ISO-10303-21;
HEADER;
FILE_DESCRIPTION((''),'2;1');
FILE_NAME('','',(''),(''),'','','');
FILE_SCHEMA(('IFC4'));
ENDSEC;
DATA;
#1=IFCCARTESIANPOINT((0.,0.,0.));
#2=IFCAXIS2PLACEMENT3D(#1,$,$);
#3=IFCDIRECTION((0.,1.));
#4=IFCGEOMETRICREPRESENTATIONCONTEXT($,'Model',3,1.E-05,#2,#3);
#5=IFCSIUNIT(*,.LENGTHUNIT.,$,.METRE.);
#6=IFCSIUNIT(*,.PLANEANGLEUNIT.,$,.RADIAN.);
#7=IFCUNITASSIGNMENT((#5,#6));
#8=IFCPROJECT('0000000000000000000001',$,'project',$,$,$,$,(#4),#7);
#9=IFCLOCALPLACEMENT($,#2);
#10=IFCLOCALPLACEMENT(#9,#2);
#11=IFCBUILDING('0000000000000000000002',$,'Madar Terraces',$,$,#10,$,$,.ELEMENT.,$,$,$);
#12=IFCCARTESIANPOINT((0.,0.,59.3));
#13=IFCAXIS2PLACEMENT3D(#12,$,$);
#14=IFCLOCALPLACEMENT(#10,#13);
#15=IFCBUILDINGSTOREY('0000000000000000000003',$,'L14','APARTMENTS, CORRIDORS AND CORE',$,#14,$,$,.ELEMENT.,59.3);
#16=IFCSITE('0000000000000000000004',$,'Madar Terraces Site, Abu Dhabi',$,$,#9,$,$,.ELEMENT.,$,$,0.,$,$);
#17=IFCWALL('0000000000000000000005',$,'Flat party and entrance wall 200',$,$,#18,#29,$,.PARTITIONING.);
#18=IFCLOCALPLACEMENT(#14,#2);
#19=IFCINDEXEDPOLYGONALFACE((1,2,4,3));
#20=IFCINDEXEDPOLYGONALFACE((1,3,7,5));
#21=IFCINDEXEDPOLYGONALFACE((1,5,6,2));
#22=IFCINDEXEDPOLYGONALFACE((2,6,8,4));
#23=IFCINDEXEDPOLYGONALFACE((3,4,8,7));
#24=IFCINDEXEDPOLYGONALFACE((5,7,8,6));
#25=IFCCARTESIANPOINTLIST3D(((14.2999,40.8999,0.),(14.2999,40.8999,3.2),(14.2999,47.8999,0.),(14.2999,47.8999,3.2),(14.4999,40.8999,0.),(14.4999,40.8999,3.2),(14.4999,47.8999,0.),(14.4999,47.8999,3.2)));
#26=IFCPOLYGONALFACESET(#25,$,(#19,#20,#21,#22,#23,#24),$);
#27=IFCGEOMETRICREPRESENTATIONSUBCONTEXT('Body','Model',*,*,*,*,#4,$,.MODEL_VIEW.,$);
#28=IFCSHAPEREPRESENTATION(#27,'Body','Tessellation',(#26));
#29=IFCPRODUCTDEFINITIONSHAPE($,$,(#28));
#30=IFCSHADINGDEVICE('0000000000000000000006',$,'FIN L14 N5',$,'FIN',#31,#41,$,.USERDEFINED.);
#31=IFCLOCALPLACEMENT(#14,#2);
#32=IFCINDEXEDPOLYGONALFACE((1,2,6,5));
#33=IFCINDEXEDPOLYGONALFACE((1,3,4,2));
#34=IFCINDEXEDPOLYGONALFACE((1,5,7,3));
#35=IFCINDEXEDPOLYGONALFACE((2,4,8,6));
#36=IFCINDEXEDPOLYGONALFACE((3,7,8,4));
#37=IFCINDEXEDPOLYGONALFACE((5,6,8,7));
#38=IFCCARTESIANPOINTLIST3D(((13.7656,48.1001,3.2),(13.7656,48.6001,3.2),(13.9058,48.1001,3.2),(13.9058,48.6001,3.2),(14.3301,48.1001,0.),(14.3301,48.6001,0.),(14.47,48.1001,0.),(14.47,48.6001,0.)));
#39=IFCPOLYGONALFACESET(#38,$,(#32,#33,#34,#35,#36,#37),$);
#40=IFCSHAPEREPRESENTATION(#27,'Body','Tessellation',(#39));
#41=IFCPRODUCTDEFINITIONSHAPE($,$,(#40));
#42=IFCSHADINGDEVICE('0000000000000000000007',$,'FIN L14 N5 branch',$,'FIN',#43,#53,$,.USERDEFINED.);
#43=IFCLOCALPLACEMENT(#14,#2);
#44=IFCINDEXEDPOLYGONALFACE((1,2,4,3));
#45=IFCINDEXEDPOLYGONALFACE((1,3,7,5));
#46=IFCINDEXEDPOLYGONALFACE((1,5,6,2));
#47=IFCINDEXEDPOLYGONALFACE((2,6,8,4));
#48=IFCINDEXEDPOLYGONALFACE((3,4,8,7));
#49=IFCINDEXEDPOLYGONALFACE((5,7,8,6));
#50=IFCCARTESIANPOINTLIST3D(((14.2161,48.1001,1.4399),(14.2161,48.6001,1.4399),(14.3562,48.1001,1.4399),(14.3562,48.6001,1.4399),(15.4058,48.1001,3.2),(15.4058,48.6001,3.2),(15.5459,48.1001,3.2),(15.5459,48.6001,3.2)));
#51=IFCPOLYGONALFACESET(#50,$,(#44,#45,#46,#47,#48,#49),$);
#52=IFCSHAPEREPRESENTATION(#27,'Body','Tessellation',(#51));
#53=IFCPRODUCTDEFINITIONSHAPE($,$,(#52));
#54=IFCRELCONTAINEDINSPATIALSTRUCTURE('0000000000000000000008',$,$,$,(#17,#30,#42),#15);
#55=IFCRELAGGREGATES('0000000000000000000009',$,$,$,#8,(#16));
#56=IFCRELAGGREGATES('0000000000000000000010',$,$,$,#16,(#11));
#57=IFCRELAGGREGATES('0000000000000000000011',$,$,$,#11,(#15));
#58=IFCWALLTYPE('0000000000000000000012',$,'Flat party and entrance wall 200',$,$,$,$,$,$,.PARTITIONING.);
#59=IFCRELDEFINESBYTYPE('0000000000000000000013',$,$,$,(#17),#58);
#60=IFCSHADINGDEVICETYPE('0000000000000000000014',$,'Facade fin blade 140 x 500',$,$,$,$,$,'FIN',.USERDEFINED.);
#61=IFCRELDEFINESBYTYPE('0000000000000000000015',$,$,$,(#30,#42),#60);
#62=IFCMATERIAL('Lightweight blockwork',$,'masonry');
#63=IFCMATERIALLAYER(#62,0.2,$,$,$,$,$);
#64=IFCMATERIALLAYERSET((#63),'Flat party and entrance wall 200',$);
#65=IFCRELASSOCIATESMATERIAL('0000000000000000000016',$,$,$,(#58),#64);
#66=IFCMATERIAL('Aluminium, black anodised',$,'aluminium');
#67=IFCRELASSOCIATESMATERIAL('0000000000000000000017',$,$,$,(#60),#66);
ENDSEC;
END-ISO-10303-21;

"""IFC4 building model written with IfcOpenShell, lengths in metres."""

from ifc_helpers import new_model, si_unit, direction, frame, frame_2d, origin, place, context, subcontext, project, spatial, polyline, rectangle, outline, extrude, material, layer, layer_set, type_object, element, save


model = new_model("IFC4")

# Units and contexts
model_context = context("Model", 3, precision=1e-05, world=origin(), true_north=direction((0.0, 1.0)))
body_context = subcontext(model_context, "Body", "Model", "MODEL_VIEW")
ifc_project = project(units=[si_unit("LENGTHUNIT", "METRE"), si_unit("PLANEANGLEUNIT", "RADIAN")], contexts=[model_context])

# Site, building, storey
site_placement = place(None, origin())
site = spatial("IfcSite", under=ifc_project, at=site_placement, Name="Madar Terraces Site, Abu Dhabi", CompositionType="ELEMENT", RefElevation=0.0)
building_placement = place(site_placement, origin())
building = spatial("IfcBuilding", under=site, at=building_placement, Name="Madar Terraces", CompositionType="ELEMENT")
storey_placement = place(building_placement, frame((0.0, 0.0, 59.3)))
storey = spatial("IfcBuildingStorey", under=building, at=storey_placement, Name="L14", Description="APARTMENTS, CORRIDORS AND CORE", CompositionType="ELEMENT", Elevation=59.3)

# Wall
ifc_material_1 = material(Name="Lightweight blockwork", Category="masonry")
ifc_layer_1 = layer(ifc_material_1, 0.2)
ifc_layer_set_1 = layer_set([ifc_layer_1], Name="Flat party and entrance wall 200")
wall_type_1 = type_object("IfcWallType", Name="Flat party and entrance wall 200", PredefinedType="PARTITIONING", material=ifc_layer_set_1)
wall_1_placement = place(storey_placement, frame((14.3999, 47.8999, 0.0), z_axis=(0.0, 0.0, 1.0), x_axis=(0.0, -1.0, 0.0)))
element("IfcWall", 1, at=wall_1_placement, inside=storey, type_object=wall_type_1, Name="Flat party and entrance wall 200", PredefinedType="PARTITIONING", context=body_context, shape_type="SweptSolid", body=[
    extrude(rectangle(XDim=7.0, YDim=0.2, at=frame_2d((3.5, 0.0))), origin(), (0.0, 0.0, 1.0), 3.2),
])

# Shading devices
ifc_material_2 = material(Name="Aluminium, black anodised", Category="aluminium")
shading_device_type = type_object("IfcShadingDeviceType", Name="Facade fin blade 140 x 500", ElementType="FIN", PredefinedType="USERDEFINED", material=ifc_material_2)
shading_device_1_placement = place(storey_placement, frame((14.47, 48.3501, 0.0), z_axis=(0.0, 0.0, 1.0), x_axis=(-1.0, 0.0, 0.0)))
element("IfcShadingDevice", 2, at=shading_device_1_placement, inside=storey, type_object=shading_device_type, Name="FIN L14 N5", ObjectType="FIN", PredefinedType="USERDEFINED", context=body_context, shape_type="SweptSolid", body=[
    extrude(outline(polyline([(0.0, 0.0), (0.1399, 0.0), (0.7043, 3.2), (0.5642, 3.2), (0.0, 0.0)])), frame((0.0, 0.25, 0.0), z_axis=(0.0, -1.0, 0.0), x_axis=(1.0, 0.0, 0.0)), (0.0, 0.0, 1.0), 0.5),
])
shading_device_2_placement = place(storey_placement, frame((14.3562, 48.3501, 1.4399), z_axis=(0.0, 0.0, 1.0), x_axis=(-1.0, 0.0, 0.0)))
element("IfcShadingDevice", 3, at=shading_device_2_placement, inside=storey, type_object=shading_device_type, Name="FIN L14 N5 branch", ObjectType="FIN", PredefinedType="USERDEFINED", context=body_context, shape_type="SweptSolid", body=[
    extrude(outline(polyline([(0.0, 0.0), (0.1401, 0.0), (-1.0496, 1.76), (-1.1897, 1.76), (0.0, 0.0)])), frame((0.0, 0.25, 0.0), z_axis=(0.0, -1.0, 0.0), x_axis=(1.0, 0.0, 0.0)), (0.0, 0.0, 1.0), 0.5),
])

save(model, "model.ifc")
